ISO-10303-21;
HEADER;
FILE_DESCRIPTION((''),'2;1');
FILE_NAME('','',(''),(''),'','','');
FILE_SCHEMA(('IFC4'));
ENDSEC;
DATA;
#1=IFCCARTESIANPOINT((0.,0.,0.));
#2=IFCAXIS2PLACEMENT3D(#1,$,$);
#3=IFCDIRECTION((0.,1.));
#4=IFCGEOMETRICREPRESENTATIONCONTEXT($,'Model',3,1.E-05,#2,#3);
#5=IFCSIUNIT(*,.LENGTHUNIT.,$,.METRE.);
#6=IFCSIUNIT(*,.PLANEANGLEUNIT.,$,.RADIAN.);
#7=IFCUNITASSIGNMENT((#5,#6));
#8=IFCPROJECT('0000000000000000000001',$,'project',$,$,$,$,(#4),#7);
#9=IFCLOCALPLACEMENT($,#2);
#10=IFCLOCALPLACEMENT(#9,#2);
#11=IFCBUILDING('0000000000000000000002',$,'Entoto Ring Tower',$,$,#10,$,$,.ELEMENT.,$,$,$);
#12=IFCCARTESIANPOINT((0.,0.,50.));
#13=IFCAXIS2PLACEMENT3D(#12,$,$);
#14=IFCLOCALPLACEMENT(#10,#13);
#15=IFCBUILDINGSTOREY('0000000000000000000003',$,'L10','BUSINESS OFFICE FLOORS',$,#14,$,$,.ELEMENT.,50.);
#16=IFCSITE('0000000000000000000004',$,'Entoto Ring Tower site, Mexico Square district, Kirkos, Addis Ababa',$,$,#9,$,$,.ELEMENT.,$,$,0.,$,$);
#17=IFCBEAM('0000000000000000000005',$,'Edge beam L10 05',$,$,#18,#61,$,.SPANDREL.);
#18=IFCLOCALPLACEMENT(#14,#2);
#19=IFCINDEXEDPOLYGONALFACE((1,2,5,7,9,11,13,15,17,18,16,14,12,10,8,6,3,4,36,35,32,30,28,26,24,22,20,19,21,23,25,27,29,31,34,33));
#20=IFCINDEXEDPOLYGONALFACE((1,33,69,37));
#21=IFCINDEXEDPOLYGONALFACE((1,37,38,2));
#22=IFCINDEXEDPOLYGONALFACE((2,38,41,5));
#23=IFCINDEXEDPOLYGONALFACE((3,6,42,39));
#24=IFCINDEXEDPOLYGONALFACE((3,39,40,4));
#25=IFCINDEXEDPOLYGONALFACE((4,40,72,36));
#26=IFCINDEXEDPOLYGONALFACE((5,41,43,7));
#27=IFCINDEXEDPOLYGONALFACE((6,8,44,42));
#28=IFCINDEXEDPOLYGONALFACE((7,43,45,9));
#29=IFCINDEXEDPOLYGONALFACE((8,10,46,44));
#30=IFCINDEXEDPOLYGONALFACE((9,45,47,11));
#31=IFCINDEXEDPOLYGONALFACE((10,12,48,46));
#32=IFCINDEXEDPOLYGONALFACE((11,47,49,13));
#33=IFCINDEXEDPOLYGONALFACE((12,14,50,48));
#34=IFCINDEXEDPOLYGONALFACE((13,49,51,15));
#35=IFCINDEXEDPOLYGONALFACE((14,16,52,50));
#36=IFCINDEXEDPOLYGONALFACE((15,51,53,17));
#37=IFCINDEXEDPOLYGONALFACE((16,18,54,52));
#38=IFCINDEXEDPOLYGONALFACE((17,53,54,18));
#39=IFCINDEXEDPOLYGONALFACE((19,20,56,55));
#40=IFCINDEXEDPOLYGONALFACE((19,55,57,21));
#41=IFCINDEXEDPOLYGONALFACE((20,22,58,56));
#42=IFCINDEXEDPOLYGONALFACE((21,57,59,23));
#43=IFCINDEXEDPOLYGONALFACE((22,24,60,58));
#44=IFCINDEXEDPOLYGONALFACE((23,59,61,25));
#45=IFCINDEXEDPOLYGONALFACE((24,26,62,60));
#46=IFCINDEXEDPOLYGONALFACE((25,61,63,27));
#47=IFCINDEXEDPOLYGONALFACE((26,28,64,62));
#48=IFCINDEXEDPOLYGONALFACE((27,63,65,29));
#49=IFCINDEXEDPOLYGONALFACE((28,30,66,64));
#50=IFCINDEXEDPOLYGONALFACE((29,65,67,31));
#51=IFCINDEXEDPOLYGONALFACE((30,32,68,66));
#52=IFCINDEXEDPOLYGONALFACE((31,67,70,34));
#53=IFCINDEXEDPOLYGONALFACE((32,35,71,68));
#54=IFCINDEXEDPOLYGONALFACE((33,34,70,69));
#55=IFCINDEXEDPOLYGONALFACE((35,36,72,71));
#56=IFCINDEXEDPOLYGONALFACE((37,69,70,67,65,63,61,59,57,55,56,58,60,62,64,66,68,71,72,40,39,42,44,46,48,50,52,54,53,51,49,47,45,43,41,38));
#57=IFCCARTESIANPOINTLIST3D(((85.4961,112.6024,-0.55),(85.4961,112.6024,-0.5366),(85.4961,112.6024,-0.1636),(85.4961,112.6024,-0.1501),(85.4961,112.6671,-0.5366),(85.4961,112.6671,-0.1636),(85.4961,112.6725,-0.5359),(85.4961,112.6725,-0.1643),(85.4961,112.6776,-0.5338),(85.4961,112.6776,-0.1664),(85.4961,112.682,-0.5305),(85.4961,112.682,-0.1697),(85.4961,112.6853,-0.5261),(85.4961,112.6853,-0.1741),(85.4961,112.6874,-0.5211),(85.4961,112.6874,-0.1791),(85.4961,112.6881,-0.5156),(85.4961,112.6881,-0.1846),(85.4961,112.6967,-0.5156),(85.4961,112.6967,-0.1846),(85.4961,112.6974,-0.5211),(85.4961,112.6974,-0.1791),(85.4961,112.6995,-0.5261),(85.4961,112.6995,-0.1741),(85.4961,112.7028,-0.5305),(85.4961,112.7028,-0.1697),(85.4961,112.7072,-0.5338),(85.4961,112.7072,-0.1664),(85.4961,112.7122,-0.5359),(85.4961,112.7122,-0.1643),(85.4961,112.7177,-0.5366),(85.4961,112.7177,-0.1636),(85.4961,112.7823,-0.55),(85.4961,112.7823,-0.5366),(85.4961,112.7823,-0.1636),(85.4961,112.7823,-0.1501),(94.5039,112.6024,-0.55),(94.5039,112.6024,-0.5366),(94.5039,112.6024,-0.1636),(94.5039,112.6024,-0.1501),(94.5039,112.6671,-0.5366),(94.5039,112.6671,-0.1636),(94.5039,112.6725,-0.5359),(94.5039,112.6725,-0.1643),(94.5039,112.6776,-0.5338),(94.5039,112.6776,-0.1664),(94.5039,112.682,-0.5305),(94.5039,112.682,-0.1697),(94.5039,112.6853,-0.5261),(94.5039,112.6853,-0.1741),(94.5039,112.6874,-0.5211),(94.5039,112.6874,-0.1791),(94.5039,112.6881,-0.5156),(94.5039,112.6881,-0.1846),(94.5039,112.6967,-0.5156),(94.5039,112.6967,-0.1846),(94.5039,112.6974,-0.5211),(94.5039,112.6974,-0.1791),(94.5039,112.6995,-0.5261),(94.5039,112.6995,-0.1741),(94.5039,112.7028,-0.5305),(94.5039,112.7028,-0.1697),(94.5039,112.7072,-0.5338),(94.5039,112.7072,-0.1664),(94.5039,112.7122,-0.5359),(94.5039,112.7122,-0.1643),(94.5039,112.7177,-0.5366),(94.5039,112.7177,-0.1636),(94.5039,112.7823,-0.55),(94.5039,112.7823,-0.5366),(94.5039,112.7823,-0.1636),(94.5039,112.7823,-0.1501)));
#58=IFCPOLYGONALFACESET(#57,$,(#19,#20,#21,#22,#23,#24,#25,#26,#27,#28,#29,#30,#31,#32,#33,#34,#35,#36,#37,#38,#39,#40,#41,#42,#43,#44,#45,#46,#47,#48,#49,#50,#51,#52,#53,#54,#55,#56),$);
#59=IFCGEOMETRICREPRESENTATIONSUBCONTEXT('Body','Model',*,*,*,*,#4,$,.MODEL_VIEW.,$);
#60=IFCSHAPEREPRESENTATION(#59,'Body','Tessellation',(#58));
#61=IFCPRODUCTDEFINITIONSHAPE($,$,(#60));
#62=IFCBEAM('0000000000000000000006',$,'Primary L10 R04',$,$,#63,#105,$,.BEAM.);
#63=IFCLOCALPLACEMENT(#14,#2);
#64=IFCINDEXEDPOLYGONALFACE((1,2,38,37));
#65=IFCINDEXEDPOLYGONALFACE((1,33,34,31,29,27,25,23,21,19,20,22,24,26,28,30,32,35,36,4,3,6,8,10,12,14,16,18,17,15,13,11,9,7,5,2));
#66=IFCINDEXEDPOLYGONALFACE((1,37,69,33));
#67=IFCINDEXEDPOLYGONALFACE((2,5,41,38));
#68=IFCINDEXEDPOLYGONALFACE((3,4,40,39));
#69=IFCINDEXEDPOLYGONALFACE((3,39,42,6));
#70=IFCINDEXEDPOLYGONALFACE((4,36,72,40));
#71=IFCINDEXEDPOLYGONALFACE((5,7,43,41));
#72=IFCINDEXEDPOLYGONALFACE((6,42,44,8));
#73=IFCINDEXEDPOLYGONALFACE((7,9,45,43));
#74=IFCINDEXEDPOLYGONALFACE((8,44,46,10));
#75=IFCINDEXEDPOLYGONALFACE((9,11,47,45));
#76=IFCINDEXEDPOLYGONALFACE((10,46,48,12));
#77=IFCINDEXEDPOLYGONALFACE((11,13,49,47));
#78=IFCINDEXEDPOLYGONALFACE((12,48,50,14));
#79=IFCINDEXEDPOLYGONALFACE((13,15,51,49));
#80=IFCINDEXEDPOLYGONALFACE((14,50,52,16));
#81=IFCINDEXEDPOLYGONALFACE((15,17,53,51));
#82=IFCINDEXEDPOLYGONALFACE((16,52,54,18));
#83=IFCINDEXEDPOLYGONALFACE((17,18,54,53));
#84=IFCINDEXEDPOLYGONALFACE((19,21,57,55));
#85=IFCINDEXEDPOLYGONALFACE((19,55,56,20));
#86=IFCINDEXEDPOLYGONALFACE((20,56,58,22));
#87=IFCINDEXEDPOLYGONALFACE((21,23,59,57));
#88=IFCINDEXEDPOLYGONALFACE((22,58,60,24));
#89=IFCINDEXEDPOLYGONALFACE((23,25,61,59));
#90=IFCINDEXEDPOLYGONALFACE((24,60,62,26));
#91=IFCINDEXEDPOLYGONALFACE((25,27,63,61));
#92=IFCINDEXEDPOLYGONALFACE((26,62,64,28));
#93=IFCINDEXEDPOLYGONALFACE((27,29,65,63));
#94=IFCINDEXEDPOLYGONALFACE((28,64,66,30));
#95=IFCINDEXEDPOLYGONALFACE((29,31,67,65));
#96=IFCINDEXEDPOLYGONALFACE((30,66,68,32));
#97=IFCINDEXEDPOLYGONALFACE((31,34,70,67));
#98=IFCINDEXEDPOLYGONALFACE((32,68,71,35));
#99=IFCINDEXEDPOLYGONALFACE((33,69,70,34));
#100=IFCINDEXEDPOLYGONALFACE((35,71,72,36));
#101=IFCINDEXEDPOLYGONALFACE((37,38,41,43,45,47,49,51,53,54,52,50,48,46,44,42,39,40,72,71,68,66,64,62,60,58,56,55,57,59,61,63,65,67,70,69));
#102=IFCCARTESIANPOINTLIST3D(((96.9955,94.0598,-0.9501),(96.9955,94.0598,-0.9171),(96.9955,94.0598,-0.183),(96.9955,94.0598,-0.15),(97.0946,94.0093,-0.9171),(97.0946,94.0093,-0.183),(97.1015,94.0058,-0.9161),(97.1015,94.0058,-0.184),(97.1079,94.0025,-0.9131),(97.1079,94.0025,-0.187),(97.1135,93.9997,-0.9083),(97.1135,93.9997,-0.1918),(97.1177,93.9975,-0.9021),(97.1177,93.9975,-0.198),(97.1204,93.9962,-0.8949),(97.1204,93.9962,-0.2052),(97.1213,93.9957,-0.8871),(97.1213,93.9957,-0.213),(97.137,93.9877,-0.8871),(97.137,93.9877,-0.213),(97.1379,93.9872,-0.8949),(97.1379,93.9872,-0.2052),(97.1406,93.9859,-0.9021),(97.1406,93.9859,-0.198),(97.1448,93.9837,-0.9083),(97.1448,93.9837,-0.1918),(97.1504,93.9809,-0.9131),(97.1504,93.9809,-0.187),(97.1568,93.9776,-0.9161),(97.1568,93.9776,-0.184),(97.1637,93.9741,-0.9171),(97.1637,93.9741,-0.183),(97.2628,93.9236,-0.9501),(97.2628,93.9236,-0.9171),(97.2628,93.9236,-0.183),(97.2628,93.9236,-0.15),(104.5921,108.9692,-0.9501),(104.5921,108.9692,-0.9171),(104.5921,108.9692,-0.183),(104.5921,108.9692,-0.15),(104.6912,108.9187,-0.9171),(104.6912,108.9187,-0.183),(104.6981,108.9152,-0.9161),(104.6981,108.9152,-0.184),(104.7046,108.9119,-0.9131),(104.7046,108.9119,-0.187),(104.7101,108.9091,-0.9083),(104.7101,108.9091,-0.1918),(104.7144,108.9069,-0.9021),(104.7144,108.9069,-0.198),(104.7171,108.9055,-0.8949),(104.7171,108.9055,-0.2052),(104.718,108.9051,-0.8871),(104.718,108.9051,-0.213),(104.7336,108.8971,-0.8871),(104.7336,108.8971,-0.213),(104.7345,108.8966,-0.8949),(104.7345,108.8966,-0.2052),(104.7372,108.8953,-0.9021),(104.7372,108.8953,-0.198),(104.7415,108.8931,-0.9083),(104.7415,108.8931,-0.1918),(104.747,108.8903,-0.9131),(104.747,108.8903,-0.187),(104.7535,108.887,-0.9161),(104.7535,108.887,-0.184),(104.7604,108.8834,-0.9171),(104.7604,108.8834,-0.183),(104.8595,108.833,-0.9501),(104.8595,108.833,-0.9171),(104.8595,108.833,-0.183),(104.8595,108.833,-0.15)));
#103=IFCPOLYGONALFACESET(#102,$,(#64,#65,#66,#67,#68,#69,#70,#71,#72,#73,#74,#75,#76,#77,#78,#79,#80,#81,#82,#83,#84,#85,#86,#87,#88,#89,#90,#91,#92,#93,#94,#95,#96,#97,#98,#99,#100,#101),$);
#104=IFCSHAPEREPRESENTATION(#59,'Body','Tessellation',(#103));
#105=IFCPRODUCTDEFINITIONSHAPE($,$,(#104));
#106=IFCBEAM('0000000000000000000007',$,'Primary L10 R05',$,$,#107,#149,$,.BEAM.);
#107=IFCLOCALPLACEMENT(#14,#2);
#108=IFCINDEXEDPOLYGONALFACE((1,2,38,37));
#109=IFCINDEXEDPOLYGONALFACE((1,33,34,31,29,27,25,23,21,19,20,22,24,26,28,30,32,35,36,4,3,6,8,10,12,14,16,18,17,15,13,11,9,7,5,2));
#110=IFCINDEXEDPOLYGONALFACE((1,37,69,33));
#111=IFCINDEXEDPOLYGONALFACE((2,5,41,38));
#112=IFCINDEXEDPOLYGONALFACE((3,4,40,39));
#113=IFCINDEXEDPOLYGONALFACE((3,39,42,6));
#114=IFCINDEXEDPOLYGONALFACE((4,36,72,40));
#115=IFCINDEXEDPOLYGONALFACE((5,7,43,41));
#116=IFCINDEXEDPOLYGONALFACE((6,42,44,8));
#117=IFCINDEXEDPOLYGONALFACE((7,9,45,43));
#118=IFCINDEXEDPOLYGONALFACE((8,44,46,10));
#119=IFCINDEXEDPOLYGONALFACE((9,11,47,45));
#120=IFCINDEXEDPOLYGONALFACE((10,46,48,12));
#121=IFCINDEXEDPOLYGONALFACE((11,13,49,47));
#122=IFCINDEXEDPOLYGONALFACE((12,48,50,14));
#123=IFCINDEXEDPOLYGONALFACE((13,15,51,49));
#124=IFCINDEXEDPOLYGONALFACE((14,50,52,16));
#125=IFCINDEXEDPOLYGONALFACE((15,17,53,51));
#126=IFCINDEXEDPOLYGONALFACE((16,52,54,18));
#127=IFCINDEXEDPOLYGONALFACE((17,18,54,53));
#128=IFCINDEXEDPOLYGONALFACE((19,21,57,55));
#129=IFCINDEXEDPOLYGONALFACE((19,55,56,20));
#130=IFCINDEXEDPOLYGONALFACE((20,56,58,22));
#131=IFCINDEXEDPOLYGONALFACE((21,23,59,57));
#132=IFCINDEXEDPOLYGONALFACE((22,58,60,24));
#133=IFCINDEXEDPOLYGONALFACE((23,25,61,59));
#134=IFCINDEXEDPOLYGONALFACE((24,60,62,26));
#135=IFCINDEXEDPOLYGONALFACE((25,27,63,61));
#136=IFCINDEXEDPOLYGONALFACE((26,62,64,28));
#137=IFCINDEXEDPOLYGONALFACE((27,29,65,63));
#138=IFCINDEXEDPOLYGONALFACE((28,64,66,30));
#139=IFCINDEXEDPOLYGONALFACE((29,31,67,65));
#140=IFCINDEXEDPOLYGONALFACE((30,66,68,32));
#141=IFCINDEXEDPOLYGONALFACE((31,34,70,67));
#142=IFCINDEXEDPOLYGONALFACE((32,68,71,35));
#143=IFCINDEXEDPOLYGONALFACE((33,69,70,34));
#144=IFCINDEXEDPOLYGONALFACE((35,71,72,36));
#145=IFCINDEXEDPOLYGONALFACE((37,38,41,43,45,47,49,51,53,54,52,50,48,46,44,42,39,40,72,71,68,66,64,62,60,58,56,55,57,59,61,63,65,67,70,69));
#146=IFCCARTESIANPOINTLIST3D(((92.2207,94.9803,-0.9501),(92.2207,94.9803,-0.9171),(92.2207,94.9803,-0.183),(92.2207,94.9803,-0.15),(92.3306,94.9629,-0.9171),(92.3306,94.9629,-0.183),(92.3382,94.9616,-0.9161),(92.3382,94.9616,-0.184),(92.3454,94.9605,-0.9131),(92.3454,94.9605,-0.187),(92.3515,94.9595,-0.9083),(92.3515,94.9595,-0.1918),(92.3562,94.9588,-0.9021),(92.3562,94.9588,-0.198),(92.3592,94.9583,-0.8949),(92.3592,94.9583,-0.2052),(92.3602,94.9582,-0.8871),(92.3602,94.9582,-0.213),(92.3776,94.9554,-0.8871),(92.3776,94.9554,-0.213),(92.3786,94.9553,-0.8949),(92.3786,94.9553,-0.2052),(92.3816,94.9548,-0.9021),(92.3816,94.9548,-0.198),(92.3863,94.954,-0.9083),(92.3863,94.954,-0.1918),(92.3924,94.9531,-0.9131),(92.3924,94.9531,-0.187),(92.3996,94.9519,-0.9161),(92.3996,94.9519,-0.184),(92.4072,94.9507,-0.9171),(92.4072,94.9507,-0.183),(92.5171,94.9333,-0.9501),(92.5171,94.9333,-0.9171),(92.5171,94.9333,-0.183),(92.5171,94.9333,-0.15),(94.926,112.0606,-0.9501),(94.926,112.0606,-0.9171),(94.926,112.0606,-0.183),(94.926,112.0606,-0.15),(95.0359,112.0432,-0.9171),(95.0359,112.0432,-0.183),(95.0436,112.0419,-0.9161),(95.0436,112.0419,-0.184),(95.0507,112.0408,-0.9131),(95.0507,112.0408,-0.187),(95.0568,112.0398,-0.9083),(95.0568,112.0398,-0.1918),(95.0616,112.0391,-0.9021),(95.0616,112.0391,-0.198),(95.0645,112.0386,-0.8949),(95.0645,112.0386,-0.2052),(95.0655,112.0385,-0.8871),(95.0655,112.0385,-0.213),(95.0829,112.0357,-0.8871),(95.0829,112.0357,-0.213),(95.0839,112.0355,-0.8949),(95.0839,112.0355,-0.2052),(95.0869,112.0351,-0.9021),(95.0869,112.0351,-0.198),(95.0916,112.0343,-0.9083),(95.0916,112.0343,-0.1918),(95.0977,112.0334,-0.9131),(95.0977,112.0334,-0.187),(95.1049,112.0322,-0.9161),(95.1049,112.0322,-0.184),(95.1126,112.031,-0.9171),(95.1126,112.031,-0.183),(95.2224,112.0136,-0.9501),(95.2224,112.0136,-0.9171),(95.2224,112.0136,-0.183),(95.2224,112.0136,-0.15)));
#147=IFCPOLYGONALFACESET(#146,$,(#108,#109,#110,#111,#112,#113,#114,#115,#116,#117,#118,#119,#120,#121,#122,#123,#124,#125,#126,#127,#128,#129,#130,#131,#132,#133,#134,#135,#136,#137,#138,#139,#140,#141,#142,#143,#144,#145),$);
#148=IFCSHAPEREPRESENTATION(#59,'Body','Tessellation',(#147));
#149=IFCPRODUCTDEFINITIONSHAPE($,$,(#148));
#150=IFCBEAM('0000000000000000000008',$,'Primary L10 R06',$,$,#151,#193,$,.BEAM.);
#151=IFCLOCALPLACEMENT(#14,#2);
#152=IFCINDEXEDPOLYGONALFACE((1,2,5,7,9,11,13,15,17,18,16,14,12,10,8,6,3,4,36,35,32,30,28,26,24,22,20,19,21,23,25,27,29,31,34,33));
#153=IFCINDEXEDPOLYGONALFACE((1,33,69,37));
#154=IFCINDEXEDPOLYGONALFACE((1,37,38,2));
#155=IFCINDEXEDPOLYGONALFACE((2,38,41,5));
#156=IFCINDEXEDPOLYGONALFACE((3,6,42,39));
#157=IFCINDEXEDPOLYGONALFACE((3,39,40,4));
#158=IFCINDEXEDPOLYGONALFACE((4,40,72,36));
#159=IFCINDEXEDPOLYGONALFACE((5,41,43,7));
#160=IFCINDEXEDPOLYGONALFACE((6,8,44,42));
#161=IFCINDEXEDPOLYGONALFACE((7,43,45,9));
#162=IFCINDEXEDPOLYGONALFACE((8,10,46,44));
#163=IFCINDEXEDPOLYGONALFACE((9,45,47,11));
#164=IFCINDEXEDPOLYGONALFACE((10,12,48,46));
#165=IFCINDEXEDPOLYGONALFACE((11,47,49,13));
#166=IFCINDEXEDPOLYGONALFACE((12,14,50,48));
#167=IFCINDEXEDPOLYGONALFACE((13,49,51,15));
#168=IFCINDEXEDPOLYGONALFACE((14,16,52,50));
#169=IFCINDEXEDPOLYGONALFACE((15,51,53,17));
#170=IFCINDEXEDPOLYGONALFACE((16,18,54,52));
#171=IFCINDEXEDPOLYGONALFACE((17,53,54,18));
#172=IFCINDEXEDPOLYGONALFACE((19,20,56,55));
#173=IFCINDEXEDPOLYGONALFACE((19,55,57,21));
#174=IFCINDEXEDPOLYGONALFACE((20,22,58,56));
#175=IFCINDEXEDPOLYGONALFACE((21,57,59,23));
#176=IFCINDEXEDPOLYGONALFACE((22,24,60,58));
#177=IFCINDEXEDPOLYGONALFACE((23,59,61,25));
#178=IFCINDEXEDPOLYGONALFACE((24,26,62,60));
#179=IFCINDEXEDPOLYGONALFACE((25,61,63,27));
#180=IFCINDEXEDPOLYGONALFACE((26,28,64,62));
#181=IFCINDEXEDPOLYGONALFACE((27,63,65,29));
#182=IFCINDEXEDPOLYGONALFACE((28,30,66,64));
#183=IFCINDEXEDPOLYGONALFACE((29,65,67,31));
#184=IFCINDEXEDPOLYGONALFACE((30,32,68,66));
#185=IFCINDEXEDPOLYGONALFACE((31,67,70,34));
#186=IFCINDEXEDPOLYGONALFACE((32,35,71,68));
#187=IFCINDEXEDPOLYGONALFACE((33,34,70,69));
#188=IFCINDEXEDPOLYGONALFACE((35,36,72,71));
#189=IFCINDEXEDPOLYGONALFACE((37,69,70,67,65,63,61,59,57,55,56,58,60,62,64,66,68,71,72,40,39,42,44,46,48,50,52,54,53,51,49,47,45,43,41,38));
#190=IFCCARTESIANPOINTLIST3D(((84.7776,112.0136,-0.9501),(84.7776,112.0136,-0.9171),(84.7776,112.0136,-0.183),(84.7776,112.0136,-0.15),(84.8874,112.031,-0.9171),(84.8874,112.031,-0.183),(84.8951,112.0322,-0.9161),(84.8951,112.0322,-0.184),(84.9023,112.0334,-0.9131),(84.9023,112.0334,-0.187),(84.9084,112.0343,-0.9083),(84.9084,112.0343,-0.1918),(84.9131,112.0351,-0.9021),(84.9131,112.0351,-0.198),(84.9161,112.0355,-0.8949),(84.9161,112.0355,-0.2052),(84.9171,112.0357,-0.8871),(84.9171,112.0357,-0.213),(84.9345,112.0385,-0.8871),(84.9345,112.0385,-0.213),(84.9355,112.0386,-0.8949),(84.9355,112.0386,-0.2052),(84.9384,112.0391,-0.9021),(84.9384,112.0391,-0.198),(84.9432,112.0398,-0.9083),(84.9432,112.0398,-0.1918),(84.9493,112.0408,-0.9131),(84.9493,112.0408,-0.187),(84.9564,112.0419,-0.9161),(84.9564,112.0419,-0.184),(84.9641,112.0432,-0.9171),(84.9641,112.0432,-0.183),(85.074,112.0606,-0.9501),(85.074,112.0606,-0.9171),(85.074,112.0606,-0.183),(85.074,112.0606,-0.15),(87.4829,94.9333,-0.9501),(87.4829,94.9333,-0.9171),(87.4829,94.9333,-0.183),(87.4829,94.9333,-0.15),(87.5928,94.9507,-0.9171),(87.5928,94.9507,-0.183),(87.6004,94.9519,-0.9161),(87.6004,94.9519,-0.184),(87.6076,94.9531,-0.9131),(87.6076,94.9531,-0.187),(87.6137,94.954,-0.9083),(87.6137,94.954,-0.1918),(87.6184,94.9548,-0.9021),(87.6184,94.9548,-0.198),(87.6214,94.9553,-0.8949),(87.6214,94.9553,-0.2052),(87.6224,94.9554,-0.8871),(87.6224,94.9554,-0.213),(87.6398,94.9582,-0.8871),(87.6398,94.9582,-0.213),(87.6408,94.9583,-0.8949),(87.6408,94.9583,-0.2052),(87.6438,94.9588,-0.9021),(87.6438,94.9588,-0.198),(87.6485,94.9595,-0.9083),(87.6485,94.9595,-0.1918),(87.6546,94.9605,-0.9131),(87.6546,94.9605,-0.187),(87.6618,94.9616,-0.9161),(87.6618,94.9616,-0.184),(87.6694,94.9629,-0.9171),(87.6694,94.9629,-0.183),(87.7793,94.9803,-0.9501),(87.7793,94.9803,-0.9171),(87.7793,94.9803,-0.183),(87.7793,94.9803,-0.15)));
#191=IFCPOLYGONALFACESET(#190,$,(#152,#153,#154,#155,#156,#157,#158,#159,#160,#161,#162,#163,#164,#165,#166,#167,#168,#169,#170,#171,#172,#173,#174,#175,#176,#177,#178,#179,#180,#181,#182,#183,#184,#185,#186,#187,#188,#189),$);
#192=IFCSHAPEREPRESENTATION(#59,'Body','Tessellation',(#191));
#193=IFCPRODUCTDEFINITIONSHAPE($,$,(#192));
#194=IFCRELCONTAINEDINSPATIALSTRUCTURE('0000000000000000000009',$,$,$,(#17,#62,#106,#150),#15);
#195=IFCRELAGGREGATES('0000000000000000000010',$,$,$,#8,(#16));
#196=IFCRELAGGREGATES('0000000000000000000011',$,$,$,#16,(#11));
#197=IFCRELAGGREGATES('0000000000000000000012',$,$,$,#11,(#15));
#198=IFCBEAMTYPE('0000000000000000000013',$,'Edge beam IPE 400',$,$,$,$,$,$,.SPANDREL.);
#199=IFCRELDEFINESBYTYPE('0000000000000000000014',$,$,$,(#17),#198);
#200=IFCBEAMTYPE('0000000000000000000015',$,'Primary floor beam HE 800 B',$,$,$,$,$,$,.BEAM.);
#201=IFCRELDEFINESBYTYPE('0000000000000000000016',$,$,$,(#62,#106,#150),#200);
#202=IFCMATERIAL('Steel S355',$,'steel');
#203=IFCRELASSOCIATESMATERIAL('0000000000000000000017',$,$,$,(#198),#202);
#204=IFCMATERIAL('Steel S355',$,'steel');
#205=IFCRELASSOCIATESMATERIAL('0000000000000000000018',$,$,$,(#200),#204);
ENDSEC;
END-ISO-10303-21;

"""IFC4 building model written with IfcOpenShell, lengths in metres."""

from ifc_helpers import new_model, si_unit, direction, frame, origin, origin_2d, place, context, subcontext, project, spatial, i_section, extrude, material, material_profile, profile_set, type_object, element, save


model = new_model("IFC4")

# Units and contexts
model_context = context("Model", 3, precision=1e-05, world=origin(), true_north=direction((0.0, 1.0)))
body_context = subcontext(model_context, "Body", "Model", "MODEL_VIEW")
ifc_project = project(units=[si_unit("LENGTHUNIT", "METRE"), si_unit("PLANEANGLEUNIT", "RADIAN")], contexts=[model_context])

# Site, building, storey
site_placement = place(None, origin())
site = spatial("IfcSite", under=ifc_project, at=site_placement, Name="Entoto Ring Tower site, Mexico Square district, Kirkos, Addis Ababa", CompositionType="ELEMENT", RefElevation=0.0)
building_placement = place(site_placement, origin())
building = spatial("IfcBuilding", under=site, at=building_placement, Name="Entoto Ring Tower", CompositionType="ELEMENT")
storey_placement = place(building_placement, frame((0.0, 0.0, 50.0)))
storey = spatial("IfcBuildingStorey", under=building, at=storey_placement, Name="L10", Description="BUSINESS OFFICE FLOORS", CompositionType="ELEMENT", Elevation=50.0)

# Beams
ifc_material_1 = material(Name="Steel S355", Category="steel")
ifc_material_profile_1 = material_profile(ifc_material_1, i_section(OverallWidth=0.1799, OverallDepth=0.3999, WebThickness=0.0085, FlangeThickness=0.0134, FilletRadius=0.021, at=origin_2d()), Name="IPE 400")
ifc_profile_set_1 = profile_set([ifc_material_profile_1], Name="Steel S355")
beam_type_1 = type_object("IfcBeamType", Name="Edge beam IPE 400", PredefinedType="SPANDREL", material=ifc_profile_set_1)
beam_1_placement = place(storey_placement, frame((94.5039, 112.6924, -0.3501), z_axis=(-1.0, 0.0, 0.0), x_axis=(0.0, -1.0, 0.0)))
element("IfcBeam", 1, at=beam_1_placement, inside=storey, type_object=beam_type_1, Name="Edge beam L10 05", PredefinedType="SPANDREL", context=body_context, shape_type="SweptSolid", body=[
    extrude(i_section(OverallWidth=0.1799, OverallDepth=0.3999, WebThickness=0.0085, FlangeThickness=0.0134, FilletRadius=0.021, at=origin_2d()), origin(), (0.0, 0.0, 1.0), 9.0078),
])
ifc_material_2 = material(Name="Steel S355", Category="steel")
ifc_material_profile_2 = material_profile(ifc_material_2, i_section(OverallWidth=0.3, OverallDepth=0.8, WebThickness=0.0176, FlangeThickness=0.033, FilletRadius=0.03, at=origin_2d()), Name="HE 800 B")
ifc_profile_set_2 = profile_set([ifc_material_profile_2], Name="Steel S355")
beam_type_2 = type_object("IfcBeamType", Name="Primary floor beam HE 800 B", PredefinedType="BEAM", material=ifc_profile_set_2)
beam_2_placement = place(storey_placement, frame((97.1292, 93.9917, -0.55), z_axis=(0.453988, 0.891008, 0.0), x_axis=(-0.891008, 0.453988, 0.0)))
element("IfcBeam", 2, at=beam_2_placement, inside=storey, type_object=beam_type_2, Name="Primary L10 R04", PredefinedType="BEAM", context=body_context, shape_type="SweptSolid", body=[
    extrude(i_section(OverallWidth=0.3, OverallDepth=0.8, WebThickness=0.0176, FlangeThickness=0.033, FilletRadius=0.03, at=origin_2d()), origin(), (0.0, 0.0, 1.0), 16.7332),
])
for number, where, z_axis, x_axis, name in (
    (3, (92.3689, 94.9568, -0.55), (0.156438, 0.987688, 0.0), (-0.987688, 0.156438, 0.0), "Primary L10 R05"),
    (4, (87.6311, 94.9568, -0.55), (-0.156438, 0.987688, 0.0), (-0.987688, -0.156438, 0.0), "Primary L10 R06"),
):
    element("IfcBeam", number, at=place(storey_placement, frame(where, z_axis=z_axis, x_axis=x_axis)), inside=storey, type_object=beam_type_2, Name=name, PredefinedType="BEAM", context=body_context, shape_type="SweptSolid", body=[
        extrude(i_section(OverallWidth=0.3, OverallDepth=0.8, WebThickness=0.0176, FlangeThickness=0.033, FilletRadius=0.03, at=origin_2d()), origin(), (0.0, 0.0, 1.0), 17.2932),
    ])

save(model, "model.ifc")
